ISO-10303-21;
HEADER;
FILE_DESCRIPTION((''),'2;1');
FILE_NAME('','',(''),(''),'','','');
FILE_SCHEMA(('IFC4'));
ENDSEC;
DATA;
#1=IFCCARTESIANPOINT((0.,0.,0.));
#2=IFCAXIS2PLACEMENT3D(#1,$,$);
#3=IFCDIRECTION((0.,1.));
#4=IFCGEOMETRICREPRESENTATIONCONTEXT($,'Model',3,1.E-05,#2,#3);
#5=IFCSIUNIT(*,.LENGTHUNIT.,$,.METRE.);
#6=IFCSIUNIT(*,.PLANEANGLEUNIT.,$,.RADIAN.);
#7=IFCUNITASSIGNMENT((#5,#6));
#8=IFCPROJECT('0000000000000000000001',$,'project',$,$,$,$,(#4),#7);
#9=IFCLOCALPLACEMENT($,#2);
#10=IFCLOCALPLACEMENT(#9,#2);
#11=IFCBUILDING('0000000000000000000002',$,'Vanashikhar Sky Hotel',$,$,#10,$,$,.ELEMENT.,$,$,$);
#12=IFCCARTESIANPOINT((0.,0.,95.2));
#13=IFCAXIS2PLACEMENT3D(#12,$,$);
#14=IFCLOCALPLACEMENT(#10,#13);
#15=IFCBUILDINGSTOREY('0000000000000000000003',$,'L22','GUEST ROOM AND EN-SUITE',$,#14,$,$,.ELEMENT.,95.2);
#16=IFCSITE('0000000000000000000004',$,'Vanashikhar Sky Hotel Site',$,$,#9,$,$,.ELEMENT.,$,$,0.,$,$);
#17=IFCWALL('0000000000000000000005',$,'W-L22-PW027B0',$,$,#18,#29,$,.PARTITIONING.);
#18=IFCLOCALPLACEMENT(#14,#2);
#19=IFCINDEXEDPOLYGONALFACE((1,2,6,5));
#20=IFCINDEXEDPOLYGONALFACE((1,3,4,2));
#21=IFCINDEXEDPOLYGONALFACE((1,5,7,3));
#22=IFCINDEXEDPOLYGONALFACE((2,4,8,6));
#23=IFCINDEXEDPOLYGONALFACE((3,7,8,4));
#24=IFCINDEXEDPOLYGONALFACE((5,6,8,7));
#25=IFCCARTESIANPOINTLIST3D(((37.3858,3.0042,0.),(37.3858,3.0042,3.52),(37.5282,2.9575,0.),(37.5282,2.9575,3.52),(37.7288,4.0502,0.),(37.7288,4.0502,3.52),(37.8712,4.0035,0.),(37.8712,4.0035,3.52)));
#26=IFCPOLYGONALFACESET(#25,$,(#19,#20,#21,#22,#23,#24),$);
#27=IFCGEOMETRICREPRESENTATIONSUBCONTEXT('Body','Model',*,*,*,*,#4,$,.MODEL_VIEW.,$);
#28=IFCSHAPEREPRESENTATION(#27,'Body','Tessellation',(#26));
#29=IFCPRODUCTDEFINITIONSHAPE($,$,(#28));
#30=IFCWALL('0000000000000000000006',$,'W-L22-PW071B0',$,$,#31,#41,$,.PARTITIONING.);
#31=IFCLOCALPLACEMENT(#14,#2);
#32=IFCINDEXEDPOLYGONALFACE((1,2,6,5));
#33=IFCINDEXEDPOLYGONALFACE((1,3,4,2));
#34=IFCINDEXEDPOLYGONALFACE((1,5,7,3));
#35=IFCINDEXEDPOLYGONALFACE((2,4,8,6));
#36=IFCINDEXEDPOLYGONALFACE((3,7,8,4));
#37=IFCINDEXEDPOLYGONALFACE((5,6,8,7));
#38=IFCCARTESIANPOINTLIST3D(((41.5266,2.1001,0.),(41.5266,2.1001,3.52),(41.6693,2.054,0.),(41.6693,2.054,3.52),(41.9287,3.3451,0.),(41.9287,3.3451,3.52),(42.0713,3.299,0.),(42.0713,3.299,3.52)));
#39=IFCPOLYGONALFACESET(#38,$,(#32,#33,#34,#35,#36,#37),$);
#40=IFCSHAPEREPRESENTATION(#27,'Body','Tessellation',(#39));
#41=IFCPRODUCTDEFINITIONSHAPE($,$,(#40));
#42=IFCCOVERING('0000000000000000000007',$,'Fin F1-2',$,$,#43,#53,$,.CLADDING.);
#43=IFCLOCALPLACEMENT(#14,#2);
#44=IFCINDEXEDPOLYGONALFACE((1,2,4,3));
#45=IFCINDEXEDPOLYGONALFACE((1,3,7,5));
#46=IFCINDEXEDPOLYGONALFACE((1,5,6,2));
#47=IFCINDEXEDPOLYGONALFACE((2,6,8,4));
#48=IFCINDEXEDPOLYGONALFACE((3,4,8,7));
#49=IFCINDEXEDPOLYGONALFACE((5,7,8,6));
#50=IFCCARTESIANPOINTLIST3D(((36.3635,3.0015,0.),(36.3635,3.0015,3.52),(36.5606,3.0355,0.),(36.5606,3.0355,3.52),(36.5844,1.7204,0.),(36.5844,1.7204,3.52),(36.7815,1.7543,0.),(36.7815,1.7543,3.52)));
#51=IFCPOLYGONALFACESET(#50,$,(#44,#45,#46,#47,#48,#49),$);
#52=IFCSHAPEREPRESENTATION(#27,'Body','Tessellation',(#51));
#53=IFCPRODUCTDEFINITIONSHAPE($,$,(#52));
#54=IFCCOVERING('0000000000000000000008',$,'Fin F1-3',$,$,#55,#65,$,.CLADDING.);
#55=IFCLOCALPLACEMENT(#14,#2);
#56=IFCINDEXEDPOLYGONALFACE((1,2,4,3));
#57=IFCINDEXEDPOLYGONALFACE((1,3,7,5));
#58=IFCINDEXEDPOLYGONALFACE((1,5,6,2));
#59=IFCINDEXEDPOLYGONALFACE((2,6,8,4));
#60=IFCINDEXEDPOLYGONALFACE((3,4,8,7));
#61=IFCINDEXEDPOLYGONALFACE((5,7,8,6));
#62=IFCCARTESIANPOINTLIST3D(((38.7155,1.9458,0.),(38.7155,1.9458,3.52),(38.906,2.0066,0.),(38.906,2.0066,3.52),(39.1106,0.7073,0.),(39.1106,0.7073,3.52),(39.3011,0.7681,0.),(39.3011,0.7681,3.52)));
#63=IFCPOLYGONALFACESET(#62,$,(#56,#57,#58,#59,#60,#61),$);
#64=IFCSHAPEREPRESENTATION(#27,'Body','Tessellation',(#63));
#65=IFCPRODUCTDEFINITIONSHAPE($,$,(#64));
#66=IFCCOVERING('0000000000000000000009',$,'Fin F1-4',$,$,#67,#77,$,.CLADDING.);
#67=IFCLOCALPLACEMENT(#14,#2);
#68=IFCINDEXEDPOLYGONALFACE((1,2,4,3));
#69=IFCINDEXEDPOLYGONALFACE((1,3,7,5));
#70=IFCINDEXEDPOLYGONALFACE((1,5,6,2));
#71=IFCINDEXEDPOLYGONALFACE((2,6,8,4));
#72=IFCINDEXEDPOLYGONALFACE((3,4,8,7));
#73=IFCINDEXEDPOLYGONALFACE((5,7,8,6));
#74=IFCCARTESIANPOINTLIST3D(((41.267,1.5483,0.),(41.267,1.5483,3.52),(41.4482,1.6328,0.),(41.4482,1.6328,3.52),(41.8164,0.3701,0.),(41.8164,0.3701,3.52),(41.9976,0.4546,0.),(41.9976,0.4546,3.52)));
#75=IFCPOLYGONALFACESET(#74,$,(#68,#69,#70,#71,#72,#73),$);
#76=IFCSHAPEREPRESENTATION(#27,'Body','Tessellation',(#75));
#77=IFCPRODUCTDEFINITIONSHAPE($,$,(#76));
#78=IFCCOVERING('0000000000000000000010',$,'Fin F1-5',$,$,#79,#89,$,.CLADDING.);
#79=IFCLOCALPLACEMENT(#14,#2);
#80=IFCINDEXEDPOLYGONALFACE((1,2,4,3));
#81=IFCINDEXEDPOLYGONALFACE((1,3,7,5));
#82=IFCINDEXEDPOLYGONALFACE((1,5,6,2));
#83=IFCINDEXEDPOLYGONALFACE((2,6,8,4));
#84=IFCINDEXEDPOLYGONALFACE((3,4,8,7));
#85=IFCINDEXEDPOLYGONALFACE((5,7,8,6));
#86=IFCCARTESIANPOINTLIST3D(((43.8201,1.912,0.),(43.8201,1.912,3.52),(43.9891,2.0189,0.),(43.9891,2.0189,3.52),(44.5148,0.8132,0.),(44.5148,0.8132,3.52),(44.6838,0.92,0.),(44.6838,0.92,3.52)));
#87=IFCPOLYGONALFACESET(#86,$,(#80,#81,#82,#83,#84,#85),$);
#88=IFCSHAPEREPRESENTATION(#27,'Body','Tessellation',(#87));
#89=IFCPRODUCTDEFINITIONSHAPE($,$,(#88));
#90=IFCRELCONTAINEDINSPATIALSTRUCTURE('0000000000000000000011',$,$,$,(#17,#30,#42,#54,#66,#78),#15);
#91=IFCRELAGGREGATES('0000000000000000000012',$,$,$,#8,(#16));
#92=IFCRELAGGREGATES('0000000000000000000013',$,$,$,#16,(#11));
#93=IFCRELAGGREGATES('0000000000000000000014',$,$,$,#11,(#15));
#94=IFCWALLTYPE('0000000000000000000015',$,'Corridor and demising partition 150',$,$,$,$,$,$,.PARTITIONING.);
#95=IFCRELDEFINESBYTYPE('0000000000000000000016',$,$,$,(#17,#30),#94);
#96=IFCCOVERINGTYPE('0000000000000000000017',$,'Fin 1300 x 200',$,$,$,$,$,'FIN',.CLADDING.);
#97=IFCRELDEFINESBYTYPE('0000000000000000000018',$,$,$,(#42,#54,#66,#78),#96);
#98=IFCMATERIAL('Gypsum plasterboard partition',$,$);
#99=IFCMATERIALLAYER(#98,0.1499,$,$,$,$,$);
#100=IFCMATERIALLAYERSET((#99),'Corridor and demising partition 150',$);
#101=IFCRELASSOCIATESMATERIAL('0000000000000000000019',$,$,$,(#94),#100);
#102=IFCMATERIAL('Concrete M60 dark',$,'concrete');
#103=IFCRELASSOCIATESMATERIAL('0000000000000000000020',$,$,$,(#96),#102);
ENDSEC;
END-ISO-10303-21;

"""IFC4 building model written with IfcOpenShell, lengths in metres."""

from ifc_helpers import new_model, si_unit, direction, frame, frame_2d, origin, origin_2d, place, context, subcontext, project, spatial, rectangle, extrude, source, transform, mapped, material, layer, layer_set, material_profile, profile_set, type_object, element, save


model = new_model("IFC4")

# Units and contexts
model_context = context("Model", 3, precision=1e-05, world=origin(), true_north=direction((0.0, 1.0)))
body_context = subcontext(model_context, "Body", "Model", "MODEL_VIEW")
ifc_project = project(units=[si_unit("LENGTHUNIT", "METRE"), si_unit("PLANEANGLEUNIT", "RADIAN")], contexts=[model_context])

# Site, building, storey
site_placement = place(None, origin())
site = spatial("IfcSite", under=ifc_project, at=site_placement, Name="Vanashikhar Sky Hotel Site", CompositionType="ELEMENT", RefElevation=0.0)
building_placement = place(site_placement, origin())
building = spatial("IfcBuilding", under=site, at=building_placement, Name="Vanashikhar Sky Hotel", CompositionType="ELEMENT")
storey_placement = place(building_placement, frame((0.0, 0.0, 95.2)))
storey = spatial("IfcBuildingStorey", under=building, at=storey_placement, Name="L22", Description="GUEST ROOM AND EN-SUITE", CompositionType="ELEMENT", Elevation=95.2)

# Walls
ifc_material_1 = material(Name="Gypsum plasterboard partition")
ifc_layer_1 = layer(ifc_material_1, 0.1499)
ifc_layer_set_1 = layer_set([ifc_layer_1], Name="Corridor and demising partition 150")
wall_type_1 = type_object("IfcWallType", Name="Corridor and demising partition 150", PredefinedType="PARTITIONING", material=ifc_layer_set_1)
shared_shape_1 = source(origin(), body_context, "Body", "SweptSolid", [
    extrude(rectangle(XDim=1.1008, YDim=0.1499, at=frame_2d((0.5503, 0.0))), origin(), (0.0, 0.0, 1.0), 3.52),
])
wall_1_placement = place(storey_placement, frame((37.457, 2.981, 0.0), z_axis=(0.0, 0.0, 1.0), x_axis=(0.311567, 0.950224, 0.0)))
element("IfcWall", 1, at=wall_1_placement, inside=storey, type_object=wall_type_1, Name="W-L22-PW027B0", PredefinedType="PARTITIONING", context=body_context, shape_type="MappedRepresentation", body=[
    mapped(shared_shape_1, transform((0.0, 0.0, 0.0), scale=1.0)),
])
shared_shape_2 = source(origin(), body_context, "Body", "SweptSolid", [
    extrude(rectangle(XDim=1.3083, YDim=0.1499, at=frame_2d((0.6543, 0.0))), origin(), (0.0, 0.0, 1.0), 3.52),
])
wall_2_placement = place(storey_placement, frame((41.5979, 2.0769, 0.0), z_axis=(0.0, 0.0, 1.0), x_axis=(0.307314, 0.951608, 0.0)))
element("IfcWall", 2, at=wall_2_placement, inside=storey, type_object=wall_type_1, Name="W-L22-PW071B0", PredefinedType="PARTITIONING", context=body_context, shape_type="MappedRepresentation", body=[
    mapped(shared_shape_2, transform((0.0, 0.0, 0.0), scale=1.0)),
])

# Coverings
ifc_material_2 = material(Name="Concrete M60 dark", Category="concrete")
ifc_material_profile = material_profile(ifc_material_2, rectangle(XDim=1.3, YDim=0.2, at=origin_2d()))
ifc_profile_set = profile_set([ifc_material_profile], Name="Fin 1300 x 200")
covering_type = type_object("IfcCoveringType", Name="Fin 1300 x 200", ElementType="FIN", PredefinedType="CLADDING", material=ifc_profile_set)
shared_shape_3 = source(origin(), body_context, "Body", "SweptSolid", [
    extrude(rectangle(XDim=1.3, YDim=0.2, at=origin_2d()), origin(), (0.0, 0.0, 1.0), 3.52),
])
for number, where, z_axis, x_axis, name in (
    (3, (36.5725, 2.3779, 0.0), (0.0, 0.0, 1.0), (0.1699, -0.985461, 0.0), "Fin F1-2"),
    (4, (39.0083, 1.3569, 0.0), (0.0, 0.0, 1.0), (0.303967, -0.952683, 0.0), "Fin F1-3"),
    (5, (41.6323, 1.0015, 0.0), (0.0, 0.0, 1.0), (0.422618, -0.906308, 0.0), "Fin F1-4"),
    (6, (44.252, 1.416, 0.0), (0.0, 0.0, 1.0), (0.534411, -0.845225, 0.0), "Fin F1-5"),
):
    element("IfcCovering", number, at=place(storey_placement, frame(where, z_axis=z_axis, x_axis=x_axis)), inside=storey, type_object=covering_type, Name=name, PredefinedType="CLADDING", context=body_context, shape_type="MappedRepresentation", body=[
        mapped(shared_shape_3, transform((0.0, 0.0, 0.0), scale=1.0)),
    ])

save(model, "model.ifc")
